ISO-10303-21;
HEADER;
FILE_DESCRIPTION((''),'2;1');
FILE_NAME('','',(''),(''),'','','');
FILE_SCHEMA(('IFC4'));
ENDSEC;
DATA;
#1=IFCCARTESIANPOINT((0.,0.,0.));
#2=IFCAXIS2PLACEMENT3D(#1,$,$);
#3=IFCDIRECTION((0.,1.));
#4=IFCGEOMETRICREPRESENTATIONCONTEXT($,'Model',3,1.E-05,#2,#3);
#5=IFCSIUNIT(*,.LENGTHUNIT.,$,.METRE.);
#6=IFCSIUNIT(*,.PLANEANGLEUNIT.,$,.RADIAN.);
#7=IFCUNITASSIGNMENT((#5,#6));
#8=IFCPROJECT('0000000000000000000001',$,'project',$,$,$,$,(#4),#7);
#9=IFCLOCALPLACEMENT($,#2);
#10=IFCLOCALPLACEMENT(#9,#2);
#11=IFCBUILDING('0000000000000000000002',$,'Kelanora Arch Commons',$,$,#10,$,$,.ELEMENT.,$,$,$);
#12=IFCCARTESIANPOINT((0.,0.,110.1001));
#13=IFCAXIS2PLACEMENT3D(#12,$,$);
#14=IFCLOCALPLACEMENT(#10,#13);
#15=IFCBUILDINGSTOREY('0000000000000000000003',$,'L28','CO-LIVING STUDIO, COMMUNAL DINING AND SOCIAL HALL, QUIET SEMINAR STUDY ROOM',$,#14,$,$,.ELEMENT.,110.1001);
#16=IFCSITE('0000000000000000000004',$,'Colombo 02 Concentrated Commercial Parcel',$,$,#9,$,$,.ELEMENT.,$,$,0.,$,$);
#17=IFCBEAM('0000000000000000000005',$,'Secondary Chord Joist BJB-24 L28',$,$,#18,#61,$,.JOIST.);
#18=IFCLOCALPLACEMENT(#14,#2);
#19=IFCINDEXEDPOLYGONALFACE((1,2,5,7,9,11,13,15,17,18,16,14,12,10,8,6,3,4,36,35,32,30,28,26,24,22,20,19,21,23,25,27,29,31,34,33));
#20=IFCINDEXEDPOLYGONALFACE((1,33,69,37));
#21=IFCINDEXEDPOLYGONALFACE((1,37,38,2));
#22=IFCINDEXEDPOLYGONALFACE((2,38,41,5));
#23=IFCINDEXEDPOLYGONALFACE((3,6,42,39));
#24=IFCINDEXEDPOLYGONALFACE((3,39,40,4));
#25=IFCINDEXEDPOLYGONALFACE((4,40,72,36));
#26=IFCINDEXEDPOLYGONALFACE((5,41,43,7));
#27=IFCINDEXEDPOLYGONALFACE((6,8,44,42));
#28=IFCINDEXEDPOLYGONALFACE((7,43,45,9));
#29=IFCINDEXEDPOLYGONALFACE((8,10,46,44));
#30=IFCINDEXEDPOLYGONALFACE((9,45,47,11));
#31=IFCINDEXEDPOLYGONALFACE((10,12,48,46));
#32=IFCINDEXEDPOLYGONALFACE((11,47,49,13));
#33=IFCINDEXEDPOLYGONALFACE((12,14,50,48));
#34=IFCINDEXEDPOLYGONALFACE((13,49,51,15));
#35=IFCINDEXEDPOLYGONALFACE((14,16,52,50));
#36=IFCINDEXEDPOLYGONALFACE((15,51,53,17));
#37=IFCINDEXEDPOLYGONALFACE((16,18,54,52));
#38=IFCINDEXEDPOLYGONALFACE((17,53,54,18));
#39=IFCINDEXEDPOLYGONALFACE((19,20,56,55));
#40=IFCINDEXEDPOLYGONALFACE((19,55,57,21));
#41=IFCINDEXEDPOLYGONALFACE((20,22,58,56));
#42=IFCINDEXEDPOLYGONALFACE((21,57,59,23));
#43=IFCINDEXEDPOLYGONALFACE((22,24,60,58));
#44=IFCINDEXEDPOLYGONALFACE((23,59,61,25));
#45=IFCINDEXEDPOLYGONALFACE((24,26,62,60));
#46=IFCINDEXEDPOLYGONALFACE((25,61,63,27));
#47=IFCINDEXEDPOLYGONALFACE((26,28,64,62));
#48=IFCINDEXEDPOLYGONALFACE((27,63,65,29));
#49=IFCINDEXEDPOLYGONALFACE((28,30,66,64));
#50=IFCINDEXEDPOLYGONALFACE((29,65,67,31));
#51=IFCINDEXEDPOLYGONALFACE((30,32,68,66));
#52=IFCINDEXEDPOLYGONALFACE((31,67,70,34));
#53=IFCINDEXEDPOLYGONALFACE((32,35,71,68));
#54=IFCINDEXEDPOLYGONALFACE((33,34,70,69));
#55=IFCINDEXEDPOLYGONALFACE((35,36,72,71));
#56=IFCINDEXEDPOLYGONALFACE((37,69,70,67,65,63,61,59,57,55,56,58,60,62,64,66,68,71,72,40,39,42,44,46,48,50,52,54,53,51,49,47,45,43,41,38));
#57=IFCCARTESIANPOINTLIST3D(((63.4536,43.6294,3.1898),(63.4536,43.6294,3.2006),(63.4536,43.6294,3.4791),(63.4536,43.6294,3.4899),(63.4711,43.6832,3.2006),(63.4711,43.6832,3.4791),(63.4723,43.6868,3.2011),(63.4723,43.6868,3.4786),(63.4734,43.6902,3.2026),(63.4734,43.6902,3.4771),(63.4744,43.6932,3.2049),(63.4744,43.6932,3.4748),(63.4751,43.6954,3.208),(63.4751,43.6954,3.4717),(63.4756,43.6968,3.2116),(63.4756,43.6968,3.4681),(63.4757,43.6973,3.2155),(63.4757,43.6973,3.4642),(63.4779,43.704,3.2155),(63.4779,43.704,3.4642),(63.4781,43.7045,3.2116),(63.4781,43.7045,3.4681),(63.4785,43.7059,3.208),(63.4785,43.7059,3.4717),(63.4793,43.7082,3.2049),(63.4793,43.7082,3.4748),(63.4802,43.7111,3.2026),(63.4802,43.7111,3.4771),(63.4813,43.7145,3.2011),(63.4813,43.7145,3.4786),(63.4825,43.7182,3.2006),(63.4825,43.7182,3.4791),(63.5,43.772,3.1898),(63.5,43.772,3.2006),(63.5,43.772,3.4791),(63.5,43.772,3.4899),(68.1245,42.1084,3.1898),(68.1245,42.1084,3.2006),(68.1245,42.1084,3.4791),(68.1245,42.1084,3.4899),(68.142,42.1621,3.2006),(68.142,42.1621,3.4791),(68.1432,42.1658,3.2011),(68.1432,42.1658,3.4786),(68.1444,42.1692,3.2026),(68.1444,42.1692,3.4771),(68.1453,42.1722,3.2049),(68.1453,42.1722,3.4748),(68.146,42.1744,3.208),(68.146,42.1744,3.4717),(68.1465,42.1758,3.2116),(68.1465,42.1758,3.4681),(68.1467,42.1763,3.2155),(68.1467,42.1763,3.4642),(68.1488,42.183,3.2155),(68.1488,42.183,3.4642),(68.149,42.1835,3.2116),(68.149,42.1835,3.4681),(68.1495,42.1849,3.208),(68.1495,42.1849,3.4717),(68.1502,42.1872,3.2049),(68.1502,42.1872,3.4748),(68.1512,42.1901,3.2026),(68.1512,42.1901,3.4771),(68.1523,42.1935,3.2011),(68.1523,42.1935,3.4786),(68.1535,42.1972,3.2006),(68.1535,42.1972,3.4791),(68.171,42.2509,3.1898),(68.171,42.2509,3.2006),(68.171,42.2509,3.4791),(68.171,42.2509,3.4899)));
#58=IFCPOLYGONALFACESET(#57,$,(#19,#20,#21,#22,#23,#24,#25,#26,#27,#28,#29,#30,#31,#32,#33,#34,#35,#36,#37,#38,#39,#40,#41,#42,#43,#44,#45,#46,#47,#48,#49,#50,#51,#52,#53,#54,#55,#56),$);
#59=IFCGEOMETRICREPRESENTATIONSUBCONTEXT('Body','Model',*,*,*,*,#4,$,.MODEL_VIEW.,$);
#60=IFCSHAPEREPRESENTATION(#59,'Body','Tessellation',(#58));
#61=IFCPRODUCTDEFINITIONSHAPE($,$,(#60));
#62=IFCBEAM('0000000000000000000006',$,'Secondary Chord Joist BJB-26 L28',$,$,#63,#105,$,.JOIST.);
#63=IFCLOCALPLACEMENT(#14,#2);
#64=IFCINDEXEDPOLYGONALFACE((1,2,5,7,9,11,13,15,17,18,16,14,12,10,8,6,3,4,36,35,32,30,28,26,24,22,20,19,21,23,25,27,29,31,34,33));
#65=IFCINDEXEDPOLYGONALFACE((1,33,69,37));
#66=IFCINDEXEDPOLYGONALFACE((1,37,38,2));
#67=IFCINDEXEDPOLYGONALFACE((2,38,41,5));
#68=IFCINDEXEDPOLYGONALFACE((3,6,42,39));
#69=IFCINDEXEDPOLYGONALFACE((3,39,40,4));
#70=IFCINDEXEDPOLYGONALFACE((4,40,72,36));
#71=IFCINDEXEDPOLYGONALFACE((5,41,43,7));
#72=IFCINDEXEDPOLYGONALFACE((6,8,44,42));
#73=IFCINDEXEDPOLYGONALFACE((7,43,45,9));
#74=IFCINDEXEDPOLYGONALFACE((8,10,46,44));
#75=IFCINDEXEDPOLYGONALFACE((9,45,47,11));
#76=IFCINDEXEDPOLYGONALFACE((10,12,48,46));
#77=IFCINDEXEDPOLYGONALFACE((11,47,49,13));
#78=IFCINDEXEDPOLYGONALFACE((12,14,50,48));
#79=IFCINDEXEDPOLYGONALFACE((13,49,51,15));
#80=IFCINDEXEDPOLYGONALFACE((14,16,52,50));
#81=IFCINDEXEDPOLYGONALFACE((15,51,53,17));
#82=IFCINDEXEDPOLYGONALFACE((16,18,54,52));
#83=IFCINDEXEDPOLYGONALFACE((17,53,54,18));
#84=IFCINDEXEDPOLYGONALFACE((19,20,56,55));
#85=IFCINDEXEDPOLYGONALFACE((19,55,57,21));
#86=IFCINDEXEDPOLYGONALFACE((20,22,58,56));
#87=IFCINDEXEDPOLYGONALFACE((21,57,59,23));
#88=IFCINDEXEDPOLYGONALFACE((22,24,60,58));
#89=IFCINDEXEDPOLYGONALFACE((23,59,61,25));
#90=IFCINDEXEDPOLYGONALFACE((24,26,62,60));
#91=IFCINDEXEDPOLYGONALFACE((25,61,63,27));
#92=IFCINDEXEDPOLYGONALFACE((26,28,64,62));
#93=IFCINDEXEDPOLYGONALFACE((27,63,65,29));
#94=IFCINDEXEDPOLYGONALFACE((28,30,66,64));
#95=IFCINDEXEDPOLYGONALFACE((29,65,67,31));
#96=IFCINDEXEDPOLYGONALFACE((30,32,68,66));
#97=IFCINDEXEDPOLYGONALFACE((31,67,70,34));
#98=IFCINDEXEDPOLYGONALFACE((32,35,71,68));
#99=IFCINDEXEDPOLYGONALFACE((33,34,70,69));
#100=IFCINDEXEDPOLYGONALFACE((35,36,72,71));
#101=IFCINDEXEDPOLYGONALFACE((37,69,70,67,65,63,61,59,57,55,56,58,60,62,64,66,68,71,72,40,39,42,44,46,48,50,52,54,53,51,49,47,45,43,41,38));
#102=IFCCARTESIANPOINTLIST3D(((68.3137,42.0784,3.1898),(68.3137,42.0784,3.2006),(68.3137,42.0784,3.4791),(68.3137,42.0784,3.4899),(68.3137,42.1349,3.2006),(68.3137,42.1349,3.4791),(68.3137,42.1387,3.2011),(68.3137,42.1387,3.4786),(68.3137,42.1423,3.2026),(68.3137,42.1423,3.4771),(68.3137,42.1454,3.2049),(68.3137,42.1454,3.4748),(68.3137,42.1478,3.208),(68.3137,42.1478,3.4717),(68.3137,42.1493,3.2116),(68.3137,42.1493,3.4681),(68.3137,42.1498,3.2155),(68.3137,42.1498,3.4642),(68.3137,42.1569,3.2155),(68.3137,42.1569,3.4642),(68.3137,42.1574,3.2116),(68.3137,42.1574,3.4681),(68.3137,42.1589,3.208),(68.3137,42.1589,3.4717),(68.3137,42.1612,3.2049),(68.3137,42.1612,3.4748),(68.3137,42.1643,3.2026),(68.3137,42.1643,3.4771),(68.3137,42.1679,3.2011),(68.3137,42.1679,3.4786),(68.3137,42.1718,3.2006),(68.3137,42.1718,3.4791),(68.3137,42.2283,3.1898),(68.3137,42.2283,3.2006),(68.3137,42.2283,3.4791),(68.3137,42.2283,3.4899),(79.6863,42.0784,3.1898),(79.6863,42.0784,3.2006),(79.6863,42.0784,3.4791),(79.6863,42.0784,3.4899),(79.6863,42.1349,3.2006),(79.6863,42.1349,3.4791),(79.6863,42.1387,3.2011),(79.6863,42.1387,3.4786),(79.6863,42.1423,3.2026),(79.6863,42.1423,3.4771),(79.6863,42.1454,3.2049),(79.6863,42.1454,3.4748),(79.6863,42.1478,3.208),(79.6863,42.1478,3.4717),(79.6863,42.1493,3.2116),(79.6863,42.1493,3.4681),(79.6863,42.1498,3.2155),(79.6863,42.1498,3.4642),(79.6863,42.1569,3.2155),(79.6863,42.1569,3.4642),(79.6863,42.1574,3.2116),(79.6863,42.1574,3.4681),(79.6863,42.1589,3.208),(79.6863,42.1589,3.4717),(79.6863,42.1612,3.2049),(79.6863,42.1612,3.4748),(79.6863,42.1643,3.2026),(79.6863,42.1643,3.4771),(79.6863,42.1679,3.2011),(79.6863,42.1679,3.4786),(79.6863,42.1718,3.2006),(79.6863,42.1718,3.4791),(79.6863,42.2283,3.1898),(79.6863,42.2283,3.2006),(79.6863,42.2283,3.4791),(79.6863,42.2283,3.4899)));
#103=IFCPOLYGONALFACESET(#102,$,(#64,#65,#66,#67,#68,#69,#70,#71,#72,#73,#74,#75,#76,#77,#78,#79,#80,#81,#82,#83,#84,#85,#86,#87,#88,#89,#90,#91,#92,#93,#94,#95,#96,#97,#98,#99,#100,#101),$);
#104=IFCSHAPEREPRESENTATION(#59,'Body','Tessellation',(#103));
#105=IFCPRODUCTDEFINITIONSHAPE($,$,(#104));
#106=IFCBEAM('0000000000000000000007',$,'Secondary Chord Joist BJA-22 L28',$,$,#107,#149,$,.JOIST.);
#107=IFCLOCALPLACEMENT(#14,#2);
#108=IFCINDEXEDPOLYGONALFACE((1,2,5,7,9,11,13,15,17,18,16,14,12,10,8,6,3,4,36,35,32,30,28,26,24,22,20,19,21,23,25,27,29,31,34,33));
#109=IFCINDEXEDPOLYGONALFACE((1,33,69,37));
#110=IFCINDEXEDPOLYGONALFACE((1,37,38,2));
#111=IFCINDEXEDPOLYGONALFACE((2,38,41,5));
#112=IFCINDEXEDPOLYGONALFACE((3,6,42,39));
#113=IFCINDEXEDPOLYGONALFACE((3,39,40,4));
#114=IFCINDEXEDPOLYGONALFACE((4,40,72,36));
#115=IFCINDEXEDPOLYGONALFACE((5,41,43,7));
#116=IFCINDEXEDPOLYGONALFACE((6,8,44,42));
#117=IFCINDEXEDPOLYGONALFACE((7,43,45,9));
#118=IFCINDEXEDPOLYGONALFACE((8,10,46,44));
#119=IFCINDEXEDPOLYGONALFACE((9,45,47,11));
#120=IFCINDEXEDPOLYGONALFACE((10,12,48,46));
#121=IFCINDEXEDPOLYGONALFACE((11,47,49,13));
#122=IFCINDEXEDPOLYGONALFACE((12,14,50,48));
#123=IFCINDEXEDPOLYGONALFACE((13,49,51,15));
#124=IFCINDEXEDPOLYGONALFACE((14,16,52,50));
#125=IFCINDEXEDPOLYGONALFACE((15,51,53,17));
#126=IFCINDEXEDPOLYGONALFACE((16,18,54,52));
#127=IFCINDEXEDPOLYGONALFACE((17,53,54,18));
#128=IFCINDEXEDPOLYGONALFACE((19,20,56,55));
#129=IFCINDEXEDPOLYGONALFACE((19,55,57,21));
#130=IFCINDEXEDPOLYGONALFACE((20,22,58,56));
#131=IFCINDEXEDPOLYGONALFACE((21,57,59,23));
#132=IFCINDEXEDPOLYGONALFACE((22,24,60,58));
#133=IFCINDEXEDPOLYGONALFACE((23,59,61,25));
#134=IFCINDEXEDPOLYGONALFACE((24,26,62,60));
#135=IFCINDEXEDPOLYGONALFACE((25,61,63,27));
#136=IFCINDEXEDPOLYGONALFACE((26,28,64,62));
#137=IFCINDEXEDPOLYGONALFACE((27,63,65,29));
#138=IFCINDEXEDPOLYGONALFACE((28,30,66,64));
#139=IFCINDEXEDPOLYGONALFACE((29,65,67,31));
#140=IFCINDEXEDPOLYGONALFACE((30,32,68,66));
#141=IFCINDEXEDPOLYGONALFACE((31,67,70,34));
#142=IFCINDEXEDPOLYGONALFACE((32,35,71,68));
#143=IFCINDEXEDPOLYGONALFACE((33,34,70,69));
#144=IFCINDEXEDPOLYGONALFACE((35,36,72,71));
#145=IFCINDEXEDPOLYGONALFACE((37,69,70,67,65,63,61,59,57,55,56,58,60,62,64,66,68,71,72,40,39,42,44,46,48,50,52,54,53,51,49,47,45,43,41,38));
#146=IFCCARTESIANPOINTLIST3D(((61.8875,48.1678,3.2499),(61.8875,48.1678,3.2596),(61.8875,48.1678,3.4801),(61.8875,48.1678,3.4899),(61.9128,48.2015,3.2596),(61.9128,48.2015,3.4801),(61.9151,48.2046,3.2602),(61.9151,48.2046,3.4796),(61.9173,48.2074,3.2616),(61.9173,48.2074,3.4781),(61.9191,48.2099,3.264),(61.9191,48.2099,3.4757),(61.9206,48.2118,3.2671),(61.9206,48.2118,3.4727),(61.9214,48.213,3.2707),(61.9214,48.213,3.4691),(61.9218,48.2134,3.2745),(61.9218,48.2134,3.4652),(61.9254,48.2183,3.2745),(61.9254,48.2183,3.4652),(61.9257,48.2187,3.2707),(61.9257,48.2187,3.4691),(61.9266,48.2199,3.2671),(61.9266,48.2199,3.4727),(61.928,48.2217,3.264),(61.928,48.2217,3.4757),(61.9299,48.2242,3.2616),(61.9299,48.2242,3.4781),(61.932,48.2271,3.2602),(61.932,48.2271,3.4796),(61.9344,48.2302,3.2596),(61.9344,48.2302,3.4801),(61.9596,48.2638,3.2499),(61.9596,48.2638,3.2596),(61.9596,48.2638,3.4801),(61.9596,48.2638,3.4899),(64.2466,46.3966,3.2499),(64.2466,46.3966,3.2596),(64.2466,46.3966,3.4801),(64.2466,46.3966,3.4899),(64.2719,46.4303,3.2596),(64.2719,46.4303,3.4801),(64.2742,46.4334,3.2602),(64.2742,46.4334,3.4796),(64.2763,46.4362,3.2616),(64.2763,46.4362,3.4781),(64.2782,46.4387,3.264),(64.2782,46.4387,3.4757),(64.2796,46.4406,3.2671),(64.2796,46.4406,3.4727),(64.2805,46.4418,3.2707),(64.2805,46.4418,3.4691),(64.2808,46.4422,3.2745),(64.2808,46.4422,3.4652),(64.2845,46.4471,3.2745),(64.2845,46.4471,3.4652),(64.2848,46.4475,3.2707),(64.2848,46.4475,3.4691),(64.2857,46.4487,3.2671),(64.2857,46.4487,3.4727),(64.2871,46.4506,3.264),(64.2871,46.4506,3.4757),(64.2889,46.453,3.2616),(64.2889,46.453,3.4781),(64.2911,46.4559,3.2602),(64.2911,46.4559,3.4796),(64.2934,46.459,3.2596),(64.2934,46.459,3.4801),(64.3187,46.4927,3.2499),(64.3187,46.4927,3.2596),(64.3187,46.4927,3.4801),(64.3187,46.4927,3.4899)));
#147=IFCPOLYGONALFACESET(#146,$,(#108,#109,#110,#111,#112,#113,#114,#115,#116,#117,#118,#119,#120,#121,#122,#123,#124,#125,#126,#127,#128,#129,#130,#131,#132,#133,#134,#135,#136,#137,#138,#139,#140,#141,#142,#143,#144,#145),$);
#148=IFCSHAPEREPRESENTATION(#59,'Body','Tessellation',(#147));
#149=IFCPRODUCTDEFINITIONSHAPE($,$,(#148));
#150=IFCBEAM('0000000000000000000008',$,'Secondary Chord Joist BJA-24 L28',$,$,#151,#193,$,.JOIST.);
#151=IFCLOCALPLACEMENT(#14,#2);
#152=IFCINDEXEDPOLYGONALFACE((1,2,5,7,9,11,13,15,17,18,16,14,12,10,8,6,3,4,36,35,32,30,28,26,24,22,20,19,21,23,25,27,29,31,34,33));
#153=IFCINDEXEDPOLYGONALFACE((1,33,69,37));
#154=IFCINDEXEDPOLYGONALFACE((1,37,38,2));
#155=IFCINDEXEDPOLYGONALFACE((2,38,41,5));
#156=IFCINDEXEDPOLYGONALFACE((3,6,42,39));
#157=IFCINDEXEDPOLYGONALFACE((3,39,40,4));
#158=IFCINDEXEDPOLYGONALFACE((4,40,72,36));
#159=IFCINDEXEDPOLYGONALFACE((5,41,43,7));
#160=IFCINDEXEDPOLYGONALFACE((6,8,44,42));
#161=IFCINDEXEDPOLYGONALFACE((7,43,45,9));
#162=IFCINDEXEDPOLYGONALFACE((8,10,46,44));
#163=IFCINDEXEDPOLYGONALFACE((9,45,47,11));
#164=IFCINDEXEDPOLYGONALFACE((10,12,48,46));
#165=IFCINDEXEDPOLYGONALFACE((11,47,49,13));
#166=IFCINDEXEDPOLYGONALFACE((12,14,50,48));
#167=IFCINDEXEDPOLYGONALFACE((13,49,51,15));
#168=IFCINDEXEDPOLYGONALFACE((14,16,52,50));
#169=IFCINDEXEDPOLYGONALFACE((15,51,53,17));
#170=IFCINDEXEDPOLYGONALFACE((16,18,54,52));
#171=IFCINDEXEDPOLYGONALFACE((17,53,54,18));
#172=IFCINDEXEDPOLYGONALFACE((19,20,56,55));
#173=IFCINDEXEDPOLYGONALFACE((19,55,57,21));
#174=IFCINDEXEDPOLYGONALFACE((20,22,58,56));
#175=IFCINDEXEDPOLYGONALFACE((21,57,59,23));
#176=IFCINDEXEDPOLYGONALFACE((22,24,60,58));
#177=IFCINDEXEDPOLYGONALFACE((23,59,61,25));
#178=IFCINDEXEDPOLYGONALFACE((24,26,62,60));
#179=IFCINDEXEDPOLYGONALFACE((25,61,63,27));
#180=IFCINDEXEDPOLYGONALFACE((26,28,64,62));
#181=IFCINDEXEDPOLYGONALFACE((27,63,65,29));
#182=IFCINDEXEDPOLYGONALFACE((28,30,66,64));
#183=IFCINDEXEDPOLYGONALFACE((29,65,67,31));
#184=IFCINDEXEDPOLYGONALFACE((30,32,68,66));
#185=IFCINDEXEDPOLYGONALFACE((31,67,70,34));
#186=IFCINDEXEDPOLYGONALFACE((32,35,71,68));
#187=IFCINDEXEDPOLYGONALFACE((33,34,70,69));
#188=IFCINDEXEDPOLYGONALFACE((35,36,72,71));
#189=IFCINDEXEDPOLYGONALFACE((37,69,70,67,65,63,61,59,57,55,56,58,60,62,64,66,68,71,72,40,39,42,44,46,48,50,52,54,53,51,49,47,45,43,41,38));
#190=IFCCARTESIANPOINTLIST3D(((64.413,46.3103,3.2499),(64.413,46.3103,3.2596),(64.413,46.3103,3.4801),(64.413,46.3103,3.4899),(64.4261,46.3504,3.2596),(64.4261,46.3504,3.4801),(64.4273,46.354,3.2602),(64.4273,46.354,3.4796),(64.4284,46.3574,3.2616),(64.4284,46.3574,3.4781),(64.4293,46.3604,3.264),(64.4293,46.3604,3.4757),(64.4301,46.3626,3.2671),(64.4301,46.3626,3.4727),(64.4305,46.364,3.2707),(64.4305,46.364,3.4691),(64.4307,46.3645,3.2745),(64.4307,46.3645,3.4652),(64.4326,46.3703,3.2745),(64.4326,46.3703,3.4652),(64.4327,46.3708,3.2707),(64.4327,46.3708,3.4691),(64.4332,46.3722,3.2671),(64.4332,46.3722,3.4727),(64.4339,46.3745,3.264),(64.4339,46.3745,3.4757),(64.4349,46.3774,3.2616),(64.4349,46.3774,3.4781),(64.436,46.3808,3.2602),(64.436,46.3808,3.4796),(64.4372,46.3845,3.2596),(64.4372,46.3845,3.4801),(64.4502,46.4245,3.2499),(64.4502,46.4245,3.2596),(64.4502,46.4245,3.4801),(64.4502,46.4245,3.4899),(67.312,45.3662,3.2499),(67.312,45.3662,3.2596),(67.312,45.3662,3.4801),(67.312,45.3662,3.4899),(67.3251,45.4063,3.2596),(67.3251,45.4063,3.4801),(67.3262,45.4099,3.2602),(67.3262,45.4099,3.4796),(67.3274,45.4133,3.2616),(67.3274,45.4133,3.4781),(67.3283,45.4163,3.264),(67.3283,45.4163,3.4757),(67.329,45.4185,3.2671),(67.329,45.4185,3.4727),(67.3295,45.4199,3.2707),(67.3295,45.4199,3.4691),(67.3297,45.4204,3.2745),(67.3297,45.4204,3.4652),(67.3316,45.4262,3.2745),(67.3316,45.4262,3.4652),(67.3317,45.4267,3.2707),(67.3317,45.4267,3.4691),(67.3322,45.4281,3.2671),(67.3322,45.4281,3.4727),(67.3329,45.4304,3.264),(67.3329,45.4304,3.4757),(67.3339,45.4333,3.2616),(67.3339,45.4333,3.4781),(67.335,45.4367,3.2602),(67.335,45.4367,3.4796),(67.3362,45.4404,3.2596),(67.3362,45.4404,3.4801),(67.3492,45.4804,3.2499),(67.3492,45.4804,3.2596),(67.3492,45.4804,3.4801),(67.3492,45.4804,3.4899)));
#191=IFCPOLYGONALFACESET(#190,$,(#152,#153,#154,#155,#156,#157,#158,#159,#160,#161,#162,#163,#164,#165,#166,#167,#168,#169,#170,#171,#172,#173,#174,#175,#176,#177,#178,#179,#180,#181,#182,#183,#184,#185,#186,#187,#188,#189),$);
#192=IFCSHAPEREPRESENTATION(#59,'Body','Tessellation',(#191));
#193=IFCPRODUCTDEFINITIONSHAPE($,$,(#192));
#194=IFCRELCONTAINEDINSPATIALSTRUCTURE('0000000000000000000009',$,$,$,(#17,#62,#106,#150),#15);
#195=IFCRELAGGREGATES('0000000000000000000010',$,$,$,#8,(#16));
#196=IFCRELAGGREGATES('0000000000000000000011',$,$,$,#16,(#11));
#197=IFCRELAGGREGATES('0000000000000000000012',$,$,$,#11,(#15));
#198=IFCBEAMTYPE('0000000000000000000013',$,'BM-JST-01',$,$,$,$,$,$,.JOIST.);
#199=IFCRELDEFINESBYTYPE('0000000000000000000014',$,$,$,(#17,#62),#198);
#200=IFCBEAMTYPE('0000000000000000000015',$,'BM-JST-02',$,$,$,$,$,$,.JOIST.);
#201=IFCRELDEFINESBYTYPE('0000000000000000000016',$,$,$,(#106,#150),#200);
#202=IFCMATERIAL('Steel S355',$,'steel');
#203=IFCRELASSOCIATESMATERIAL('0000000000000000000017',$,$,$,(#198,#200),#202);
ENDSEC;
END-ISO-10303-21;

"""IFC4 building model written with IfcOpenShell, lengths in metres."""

from ifc_helpers import new_model, si_unit, direction, frame, origin, origin_2d, place, context, subcontext, project, spatial, i_section, extrude, material, material_profile, profile_set, type_object, element, save


model = new_model("IFC4")

# Units and contexts
model_context = context("Model", 3, precision=1e-05, world=origin(), true_north=direction((0.0, 1.0)))
body_context = subcontext(model_context, "Body", "Model", "MODEL_VIEW")
ifc_project = project(units=[si_unit("LENGTHUNIT", "METRE"), si_unit("PLANEANGLEUNIT", "RADIAN")], contexts=[model_context])

# Site, building, storey
site_placement = place(None, origin())
site = spatial("IfcSite", under=ifc_project, at=site_placement, Name="Colombo 02 Concentrated Commercial Parcel", CompositionType="ELEMENT", RefElevation=0.0)
building_placement = place(site_placement, origin())
building = spatial("IfcBuilding", under=site, at=building_placement, Name="Kelanora Arch Commons", CompositionType="ELEMENT")
storey_placement = place(building_placement, frame((0.0, 0.0, 110.1001)))
storey = spatial("IfcBuildingStorey", under=building, at=storey_placement, Name="L28", Description="CO-LIVING STUDIO, COMMUNAL DINING AND SOCIAL HALL, QUIET SEMINAR STUDY ROOM", CompositionType="ELEMENT", Elevation=110.1001)

# Beams
ifc_material_1 = material(Name="Steel S355", Category="steel")
ifc_material_profile_1 = material_profile(ifc_material_1, i_section(OverallWidth=0.1499, OverallDepth=0.3, WebThickness=0.0071, FlangeThickness=0.0107, FilletRadius=0.0149, at=origin_2d()), Name="IPE300")
ifc_profile_set_1 = profile_set([ifc_material_profile_1], Name="Steel S355")
beam_type_1 = type_object("IfcBeamType", Name="BM-JST-01", PredefinedType="JOIST", material=ifc_profile_set_1)
beam_1_placement = place(storey_placement, frame((63.4768, 43.7007, 3.3398), z_axis=(0.950857, -0.30963, 0.0), x_axis=(0.30963, 0.950857, 0.0)))
element("IfcBeam", 1, at=beam_1_placement, inside=storey, type_object=beam_type_1, Name="Secondary Chord Joist BJB-24 L28", PredefinedType="JOIST", context=body_context, shape_type="SweptSolid", body=[
    extrude(i_section(OverallWidth=0.1499, OverallDepth=0.3, WebThickness=0.0071, FlangeThickness=0.0107, FilletRadius=0.0149, at=origin_2d()), origin(), (0.0, 0.0, 1.0), 4.9124),
])
beam_2_placement = place(storey_placement, frame((68.3137, 42.1533, 3.3398), z_axis=(1.0, 0.0, 0.0), x_axis=(0.0, 1.0, 0.0)))
element("IfcBeam", 2, at=beam_2_placement, inside=storey, type_object=beam_type_1, Name="Secondary Chord Joist BJB-26 L28", PredefinedType="JOIST", context=body_context, shape_type="SweptSolid", body=[
    extrude(i_section(OverallWidth=0.1499, OverallDepth=0.3, WebThickness=0.0071, FlangeThickness=0.0107, FilletRadius=0.0149, at=origin_2d()), origin(), (0.0, 0.0, 1.0), 11.3726),
])
ifc_material_profile_2 = material_profile(ifc_material_1, i_section(OverallWidth=0.1201, OverallDepth=0.24, WebThickness=0.0061, FlangeThickness=0.0098, FilletRadius=0.0149, at=origin_2d()), Name="IPE240")
ifc_profile_set_2 = profile_set([ifc_material_profile_2], Name="Steel S355")
beam_type_2 = type_object("IfcBeamType", Name="BM-JST-02", PredefinedType="JOIST", material=ifc_profile_set_2)
beam_3_placement = place(storey_placement, frame((61.9236, 48.2158, 3.3699), z_axis=(0.799692, -0.60041, 0.0), x_axis=(0.60041, 0.799692, 0.0)))
element("IfcBeam", 3, at=beam_3_placement, inside=storey, type_object=beam_type_2, Name="Secondary Chord Joist BJA-22 L28", PredefinedType="JOIST", context=body_context, shape_type="SweptSolid", body=[
    extrude(i_section(OverallWidth=0.1201, OverallDepth=0.24, WebThickness=0.0061, FlangeThickness=0.0098, FilletRadius=0.0149, at=origin_2d()), origin(), (0.0, 0.0, 1.0), 2.95),
])
beam_4_placement = place(storey_placement, frame((64.4316, 46.3674, 3.3699), z_axis=(0.950847, -0.309662, 0.0), x_axis=(0.309662, 0.950847, 0.0)))
element("IfcBeam", 4, at=beam_4_placement, inside=storey, type_object=beam_type_2, Name="Secondary Chord Joist BJA-24 L28", PredefinedType="JOIST", context=body_context, shape_type="SweptSolid", body=[
    extrude(i_section(OverallWidth=0.1201, OverallDepth=0.24, WebThickness=0.0061, FlangeThickness=0.0098, FilletRadius=0.0149, at=origin_2d()), origin(), (0.0, 0.0, 1.0), 3.0488),
])

save(model, "model.ifc")
